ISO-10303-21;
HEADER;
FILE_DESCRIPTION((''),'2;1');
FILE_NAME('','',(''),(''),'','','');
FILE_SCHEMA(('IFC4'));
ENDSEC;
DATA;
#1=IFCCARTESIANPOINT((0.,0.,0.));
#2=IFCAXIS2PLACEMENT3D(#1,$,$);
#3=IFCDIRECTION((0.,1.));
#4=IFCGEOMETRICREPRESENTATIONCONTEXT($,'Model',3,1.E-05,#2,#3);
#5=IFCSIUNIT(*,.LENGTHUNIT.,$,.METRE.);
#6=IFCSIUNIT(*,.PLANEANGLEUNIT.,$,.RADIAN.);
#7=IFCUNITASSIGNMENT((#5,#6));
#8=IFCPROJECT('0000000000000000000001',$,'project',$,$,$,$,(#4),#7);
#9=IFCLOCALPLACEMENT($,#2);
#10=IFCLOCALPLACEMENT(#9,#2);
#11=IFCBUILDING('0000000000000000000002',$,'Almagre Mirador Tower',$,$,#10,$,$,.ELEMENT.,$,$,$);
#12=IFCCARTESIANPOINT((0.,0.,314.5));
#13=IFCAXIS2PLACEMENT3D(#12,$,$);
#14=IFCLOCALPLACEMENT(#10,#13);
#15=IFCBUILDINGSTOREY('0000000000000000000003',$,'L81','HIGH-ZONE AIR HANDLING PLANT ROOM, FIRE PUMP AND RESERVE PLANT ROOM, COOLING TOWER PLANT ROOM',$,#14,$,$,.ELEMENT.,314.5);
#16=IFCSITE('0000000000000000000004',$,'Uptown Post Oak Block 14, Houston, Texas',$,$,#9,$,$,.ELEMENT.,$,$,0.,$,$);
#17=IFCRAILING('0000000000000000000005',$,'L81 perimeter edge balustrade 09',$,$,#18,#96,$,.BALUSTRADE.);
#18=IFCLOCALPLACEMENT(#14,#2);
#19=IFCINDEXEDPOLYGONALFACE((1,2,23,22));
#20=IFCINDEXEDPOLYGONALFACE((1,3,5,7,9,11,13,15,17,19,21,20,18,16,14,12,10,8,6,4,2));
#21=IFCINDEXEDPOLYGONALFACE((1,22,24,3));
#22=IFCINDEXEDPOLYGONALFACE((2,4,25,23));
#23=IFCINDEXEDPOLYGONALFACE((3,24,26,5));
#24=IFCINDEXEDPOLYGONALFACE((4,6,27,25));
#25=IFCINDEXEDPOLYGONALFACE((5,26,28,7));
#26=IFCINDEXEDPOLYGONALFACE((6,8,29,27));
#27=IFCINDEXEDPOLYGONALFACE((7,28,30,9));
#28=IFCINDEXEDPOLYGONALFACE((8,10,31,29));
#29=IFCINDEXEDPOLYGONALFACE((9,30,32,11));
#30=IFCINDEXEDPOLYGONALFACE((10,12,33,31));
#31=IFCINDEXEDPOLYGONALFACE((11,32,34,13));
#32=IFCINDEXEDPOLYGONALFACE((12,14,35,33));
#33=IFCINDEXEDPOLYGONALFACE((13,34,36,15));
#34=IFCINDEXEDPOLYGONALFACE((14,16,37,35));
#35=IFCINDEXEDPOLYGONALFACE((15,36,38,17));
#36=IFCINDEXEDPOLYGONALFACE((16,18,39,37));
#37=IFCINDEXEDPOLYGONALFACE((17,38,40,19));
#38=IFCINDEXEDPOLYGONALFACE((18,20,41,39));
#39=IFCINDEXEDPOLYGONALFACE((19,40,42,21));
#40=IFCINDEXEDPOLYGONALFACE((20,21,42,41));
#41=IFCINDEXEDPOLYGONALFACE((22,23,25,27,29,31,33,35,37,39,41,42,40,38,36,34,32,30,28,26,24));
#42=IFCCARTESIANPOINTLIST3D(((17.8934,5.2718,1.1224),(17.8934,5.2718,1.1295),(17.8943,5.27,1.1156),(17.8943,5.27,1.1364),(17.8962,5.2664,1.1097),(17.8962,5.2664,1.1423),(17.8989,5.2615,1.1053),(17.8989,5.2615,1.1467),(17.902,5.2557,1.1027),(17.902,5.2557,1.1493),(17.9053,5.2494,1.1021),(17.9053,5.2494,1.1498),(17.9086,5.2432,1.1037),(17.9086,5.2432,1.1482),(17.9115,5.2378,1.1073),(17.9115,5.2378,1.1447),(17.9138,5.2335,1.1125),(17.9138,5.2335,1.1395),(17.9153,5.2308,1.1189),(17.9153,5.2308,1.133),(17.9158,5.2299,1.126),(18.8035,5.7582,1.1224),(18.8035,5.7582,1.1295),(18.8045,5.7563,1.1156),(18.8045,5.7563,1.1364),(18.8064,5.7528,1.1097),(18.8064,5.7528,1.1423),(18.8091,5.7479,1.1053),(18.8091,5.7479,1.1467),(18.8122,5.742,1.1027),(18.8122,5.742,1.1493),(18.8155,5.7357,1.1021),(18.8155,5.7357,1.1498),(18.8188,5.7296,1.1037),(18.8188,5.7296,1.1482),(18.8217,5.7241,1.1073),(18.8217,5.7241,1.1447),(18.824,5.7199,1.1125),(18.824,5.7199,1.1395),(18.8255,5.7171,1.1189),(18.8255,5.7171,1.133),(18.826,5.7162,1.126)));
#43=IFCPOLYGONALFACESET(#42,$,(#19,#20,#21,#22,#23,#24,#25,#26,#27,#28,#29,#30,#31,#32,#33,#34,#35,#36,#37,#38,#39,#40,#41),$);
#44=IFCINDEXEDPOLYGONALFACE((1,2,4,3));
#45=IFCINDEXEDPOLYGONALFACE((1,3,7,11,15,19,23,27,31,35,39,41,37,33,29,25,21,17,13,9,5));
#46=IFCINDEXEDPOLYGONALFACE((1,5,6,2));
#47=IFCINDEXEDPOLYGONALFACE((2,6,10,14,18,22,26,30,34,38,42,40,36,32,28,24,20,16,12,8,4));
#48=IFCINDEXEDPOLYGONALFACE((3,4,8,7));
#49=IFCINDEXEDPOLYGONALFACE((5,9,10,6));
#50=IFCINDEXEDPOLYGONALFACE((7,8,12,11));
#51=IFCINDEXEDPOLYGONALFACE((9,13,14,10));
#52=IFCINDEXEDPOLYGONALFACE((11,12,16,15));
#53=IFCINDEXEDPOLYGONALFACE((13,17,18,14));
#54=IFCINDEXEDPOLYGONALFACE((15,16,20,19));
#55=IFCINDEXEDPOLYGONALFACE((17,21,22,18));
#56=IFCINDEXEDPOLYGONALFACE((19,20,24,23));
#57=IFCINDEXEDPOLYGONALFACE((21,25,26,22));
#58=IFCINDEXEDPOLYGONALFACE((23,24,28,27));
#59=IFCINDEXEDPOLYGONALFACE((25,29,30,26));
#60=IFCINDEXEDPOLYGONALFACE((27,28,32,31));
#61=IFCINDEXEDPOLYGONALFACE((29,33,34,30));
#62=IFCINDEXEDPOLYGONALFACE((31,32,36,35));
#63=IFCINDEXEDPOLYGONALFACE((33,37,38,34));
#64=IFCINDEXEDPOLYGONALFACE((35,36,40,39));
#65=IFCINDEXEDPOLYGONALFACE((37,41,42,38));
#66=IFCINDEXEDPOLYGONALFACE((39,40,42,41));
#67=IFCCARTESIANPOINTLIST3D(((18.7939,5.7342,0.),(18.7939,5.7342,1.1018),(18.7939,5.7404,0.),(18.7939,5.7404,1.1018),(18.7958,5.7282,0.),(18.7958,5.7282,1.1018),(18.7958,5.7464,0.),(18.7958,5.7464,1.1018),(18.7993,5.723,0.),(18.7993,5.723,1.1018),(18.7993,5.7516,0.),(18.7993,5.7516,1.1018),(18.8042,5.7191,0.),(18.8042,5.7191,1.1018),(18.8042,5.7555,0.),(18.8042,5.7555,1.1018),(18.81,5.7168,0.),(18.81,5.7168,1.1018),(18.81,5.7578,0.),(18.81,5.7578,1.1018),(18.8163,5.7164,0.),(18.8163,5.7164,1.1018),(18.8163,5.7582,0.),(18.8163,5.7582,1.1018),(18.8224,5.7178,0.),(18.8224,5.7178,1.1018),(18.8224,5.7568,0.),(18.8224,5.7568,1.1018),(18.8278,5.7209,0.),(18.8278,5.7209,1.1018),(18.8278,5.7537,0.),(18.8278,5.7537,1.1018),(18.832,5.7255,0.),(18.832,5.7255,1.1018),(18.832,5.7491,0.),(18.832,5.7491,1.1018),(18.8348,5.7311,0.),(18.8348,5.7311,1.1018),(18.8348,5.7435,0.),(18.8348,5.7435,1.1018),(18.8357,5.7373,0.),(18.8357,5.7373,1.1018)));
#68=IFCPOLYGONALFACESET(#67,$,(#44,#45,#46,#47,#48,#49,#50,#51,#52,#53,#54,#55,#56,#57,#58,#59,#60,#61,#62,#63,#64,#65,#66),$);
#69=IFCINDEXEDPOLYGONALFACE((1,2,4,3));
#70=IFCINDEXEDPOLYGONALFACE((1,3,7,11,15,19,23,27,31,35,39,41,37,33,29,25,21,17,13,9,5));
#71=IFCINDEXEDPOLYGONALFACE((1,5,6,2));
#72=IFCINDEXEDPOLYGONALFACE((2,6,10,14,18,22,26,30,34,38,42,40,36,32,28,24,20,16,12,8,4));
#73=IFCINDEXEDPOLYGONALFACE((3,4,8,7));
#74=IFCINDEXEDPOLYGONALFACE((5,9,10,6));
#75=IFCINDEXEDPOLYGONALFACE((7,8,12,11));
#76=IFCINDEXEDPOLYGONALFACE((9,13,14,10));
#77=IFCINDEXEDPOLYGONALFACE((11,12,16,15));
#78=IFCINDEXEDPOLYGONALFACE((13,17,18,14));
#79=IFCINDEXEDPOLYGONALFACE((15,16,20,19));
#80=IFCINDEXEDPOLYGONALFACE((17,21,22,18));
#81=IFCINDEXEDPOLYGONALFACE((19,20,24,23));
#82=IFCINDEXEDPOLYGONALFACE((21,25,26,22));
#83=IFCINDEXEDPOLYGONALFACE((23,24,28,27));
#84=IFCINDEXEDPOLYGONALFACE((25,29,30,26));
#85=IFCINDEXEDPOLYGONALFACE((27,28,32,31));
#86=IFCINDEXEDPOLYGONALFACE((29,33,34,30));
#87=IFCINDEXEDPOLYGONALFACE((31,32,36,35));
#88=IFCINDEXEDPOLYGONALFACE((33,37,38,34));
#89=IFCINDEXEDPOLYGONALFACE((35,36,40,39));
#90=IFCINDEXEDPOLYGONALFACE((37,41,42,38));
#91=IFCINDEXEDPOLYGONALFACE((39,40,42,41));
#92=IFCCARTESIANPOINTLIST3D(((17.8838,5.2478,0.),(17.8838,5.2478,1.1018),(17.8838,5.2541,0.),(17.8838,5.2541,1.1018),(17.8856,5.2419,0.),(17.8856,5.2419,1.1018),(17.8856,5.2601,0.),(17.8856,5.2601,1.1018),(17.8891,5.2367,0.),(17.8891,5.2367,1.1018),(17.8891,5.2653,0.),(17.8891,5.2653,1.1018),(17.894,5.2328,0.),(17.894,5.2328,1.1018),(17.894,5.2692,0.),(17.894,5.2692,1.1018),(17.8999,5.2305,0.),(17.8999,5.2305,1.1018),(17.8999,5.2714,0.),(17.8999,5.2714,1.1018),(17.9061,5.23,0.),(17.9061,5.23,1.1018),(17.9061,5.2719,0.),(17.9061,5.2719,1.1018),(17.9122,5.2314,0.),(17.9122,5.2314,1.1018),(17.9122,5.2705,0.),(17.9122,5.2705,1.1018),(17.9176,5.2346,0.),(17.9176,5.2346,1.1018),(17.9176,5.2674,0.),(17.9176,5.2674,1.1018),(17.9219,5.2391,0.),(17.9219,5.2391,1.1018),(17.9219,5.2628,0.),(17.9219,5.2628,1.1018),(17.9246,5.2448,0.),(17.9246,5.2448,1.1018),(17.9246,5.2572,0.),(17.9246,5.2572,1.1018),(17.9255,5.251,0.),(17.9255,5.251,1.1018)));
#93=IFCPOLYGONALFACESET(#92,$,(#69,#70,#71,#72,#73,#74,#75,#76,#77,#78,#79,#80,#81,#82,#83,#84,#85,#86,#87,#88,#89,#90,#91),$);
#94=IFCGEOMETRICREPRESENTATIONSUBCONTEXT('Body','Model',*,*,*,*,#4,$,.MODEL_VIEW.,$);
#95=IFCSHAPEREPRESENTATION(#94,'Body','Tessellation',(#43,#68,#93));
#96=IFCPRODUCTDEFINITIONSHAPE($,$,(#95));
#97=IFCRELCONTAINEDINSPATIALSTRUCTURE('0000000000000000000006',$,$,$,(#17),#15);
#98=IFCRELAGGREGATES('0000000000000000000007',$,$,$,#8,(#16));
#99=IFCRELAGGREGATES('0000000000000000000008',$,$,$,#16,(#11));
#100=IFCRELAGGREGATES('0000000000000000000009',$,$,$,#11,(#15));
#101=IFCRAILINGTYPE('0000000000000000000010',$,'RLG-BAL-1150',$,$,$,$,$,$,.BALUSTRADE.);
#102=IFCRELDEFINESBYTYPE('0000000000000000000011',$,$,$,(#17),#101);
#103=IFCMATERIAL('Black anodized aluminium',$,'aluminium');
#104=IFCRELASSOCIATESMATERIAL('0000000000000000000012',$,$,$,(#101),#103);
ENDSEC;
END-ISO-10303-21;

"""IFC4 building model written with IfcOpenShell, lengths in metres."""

from ifc_helpers import new_model, si_unit, direction, frame, origin, origin_2d, place, context, subcontext, project, spatial, circle, extrude, material, type_object, element, save


model = new_model("IFC4")

# Units and contexts
model_context = context("Model", 3, precision=1e-05, world=origin(), true_north=direction((0.0, 1.0)))
body_context = subcontext(model_context, "Body", "Model", "MODEL_VIEW")
ifc_project = project(units=[si_unit("LENGTHUNIT", "METRE"), si_unit("PLANEANGLEUNIT", "RADIAN")], contexts=[model_context])

# Site, building, storey
site_placement = place(None, origin())
site = spatial("IfcSite", under=ifc_project, at=site_placement, Name="Uptown Post Oak Block 14, Houston, Texas", CompositionType="ELEMENT", RefElevation=0.0)
building_placement = place(site_placement, origin())
building = spatial("IfcBuilding", under=site, at=building_placement, Name="Almagre Mirador Tower", CompositionType="ELEMENT")
storey_placement = place(building_placement, frame((0.0, 0.0, 314.5)))
storey = spatial("IfcBuildingStorey", under=building, at=storey_placement, Name="L81", Description="HIGH-ZONE AIR HANDLING PLANT ROOM, FIRE PUMP AND RESERVE PLANT ROOM, COOLING TOWER PLANT ROOM", CompositionType="ELEMENT", Elevation=314.5)

# Railing
ifc_material_1 = material(Name="Black anodized aluminium", Category="aluminium")
railing_type = type_object("IfcRailingType", Name="RLG-BAL-1150", PredefinedType="BALUSTRADE", material=ifc_material_1)
railing_1_placement = place(storey_placement, frame((18.8147, 5.7373, 0.0)))
element("IfcRailing", 1, at=railing_1_placement, inside=storey, type_object=railing_type, Name="L81 perimeter edge balustrade 09", PredefinedType="BALUSTRADE", context=body_context, shape_type="SweptSolid", body=[
    extrude(circle(Radius=0.0239, at=origin_2d()), frame((0.0, 0.0, 1.126), z_axis=(-0.881986, -0.471276, 0.0), x_axis=(0.471276, -0.881986, 0.0)), (0.0, 0.0, 1.0), 1.032),
    extrude(circle(Radius=0.021, at=origin_2d()), origin(), (0.0, 0.0, 1.0), 1.1018),
    extrude(circle(Radius=0.021, at=origin_2d()), frame((-0.9102, -0.4863, 0.0)), (0.0, 0.0, 1.0), 1.1018),
])

save(model, "model.ifc")
